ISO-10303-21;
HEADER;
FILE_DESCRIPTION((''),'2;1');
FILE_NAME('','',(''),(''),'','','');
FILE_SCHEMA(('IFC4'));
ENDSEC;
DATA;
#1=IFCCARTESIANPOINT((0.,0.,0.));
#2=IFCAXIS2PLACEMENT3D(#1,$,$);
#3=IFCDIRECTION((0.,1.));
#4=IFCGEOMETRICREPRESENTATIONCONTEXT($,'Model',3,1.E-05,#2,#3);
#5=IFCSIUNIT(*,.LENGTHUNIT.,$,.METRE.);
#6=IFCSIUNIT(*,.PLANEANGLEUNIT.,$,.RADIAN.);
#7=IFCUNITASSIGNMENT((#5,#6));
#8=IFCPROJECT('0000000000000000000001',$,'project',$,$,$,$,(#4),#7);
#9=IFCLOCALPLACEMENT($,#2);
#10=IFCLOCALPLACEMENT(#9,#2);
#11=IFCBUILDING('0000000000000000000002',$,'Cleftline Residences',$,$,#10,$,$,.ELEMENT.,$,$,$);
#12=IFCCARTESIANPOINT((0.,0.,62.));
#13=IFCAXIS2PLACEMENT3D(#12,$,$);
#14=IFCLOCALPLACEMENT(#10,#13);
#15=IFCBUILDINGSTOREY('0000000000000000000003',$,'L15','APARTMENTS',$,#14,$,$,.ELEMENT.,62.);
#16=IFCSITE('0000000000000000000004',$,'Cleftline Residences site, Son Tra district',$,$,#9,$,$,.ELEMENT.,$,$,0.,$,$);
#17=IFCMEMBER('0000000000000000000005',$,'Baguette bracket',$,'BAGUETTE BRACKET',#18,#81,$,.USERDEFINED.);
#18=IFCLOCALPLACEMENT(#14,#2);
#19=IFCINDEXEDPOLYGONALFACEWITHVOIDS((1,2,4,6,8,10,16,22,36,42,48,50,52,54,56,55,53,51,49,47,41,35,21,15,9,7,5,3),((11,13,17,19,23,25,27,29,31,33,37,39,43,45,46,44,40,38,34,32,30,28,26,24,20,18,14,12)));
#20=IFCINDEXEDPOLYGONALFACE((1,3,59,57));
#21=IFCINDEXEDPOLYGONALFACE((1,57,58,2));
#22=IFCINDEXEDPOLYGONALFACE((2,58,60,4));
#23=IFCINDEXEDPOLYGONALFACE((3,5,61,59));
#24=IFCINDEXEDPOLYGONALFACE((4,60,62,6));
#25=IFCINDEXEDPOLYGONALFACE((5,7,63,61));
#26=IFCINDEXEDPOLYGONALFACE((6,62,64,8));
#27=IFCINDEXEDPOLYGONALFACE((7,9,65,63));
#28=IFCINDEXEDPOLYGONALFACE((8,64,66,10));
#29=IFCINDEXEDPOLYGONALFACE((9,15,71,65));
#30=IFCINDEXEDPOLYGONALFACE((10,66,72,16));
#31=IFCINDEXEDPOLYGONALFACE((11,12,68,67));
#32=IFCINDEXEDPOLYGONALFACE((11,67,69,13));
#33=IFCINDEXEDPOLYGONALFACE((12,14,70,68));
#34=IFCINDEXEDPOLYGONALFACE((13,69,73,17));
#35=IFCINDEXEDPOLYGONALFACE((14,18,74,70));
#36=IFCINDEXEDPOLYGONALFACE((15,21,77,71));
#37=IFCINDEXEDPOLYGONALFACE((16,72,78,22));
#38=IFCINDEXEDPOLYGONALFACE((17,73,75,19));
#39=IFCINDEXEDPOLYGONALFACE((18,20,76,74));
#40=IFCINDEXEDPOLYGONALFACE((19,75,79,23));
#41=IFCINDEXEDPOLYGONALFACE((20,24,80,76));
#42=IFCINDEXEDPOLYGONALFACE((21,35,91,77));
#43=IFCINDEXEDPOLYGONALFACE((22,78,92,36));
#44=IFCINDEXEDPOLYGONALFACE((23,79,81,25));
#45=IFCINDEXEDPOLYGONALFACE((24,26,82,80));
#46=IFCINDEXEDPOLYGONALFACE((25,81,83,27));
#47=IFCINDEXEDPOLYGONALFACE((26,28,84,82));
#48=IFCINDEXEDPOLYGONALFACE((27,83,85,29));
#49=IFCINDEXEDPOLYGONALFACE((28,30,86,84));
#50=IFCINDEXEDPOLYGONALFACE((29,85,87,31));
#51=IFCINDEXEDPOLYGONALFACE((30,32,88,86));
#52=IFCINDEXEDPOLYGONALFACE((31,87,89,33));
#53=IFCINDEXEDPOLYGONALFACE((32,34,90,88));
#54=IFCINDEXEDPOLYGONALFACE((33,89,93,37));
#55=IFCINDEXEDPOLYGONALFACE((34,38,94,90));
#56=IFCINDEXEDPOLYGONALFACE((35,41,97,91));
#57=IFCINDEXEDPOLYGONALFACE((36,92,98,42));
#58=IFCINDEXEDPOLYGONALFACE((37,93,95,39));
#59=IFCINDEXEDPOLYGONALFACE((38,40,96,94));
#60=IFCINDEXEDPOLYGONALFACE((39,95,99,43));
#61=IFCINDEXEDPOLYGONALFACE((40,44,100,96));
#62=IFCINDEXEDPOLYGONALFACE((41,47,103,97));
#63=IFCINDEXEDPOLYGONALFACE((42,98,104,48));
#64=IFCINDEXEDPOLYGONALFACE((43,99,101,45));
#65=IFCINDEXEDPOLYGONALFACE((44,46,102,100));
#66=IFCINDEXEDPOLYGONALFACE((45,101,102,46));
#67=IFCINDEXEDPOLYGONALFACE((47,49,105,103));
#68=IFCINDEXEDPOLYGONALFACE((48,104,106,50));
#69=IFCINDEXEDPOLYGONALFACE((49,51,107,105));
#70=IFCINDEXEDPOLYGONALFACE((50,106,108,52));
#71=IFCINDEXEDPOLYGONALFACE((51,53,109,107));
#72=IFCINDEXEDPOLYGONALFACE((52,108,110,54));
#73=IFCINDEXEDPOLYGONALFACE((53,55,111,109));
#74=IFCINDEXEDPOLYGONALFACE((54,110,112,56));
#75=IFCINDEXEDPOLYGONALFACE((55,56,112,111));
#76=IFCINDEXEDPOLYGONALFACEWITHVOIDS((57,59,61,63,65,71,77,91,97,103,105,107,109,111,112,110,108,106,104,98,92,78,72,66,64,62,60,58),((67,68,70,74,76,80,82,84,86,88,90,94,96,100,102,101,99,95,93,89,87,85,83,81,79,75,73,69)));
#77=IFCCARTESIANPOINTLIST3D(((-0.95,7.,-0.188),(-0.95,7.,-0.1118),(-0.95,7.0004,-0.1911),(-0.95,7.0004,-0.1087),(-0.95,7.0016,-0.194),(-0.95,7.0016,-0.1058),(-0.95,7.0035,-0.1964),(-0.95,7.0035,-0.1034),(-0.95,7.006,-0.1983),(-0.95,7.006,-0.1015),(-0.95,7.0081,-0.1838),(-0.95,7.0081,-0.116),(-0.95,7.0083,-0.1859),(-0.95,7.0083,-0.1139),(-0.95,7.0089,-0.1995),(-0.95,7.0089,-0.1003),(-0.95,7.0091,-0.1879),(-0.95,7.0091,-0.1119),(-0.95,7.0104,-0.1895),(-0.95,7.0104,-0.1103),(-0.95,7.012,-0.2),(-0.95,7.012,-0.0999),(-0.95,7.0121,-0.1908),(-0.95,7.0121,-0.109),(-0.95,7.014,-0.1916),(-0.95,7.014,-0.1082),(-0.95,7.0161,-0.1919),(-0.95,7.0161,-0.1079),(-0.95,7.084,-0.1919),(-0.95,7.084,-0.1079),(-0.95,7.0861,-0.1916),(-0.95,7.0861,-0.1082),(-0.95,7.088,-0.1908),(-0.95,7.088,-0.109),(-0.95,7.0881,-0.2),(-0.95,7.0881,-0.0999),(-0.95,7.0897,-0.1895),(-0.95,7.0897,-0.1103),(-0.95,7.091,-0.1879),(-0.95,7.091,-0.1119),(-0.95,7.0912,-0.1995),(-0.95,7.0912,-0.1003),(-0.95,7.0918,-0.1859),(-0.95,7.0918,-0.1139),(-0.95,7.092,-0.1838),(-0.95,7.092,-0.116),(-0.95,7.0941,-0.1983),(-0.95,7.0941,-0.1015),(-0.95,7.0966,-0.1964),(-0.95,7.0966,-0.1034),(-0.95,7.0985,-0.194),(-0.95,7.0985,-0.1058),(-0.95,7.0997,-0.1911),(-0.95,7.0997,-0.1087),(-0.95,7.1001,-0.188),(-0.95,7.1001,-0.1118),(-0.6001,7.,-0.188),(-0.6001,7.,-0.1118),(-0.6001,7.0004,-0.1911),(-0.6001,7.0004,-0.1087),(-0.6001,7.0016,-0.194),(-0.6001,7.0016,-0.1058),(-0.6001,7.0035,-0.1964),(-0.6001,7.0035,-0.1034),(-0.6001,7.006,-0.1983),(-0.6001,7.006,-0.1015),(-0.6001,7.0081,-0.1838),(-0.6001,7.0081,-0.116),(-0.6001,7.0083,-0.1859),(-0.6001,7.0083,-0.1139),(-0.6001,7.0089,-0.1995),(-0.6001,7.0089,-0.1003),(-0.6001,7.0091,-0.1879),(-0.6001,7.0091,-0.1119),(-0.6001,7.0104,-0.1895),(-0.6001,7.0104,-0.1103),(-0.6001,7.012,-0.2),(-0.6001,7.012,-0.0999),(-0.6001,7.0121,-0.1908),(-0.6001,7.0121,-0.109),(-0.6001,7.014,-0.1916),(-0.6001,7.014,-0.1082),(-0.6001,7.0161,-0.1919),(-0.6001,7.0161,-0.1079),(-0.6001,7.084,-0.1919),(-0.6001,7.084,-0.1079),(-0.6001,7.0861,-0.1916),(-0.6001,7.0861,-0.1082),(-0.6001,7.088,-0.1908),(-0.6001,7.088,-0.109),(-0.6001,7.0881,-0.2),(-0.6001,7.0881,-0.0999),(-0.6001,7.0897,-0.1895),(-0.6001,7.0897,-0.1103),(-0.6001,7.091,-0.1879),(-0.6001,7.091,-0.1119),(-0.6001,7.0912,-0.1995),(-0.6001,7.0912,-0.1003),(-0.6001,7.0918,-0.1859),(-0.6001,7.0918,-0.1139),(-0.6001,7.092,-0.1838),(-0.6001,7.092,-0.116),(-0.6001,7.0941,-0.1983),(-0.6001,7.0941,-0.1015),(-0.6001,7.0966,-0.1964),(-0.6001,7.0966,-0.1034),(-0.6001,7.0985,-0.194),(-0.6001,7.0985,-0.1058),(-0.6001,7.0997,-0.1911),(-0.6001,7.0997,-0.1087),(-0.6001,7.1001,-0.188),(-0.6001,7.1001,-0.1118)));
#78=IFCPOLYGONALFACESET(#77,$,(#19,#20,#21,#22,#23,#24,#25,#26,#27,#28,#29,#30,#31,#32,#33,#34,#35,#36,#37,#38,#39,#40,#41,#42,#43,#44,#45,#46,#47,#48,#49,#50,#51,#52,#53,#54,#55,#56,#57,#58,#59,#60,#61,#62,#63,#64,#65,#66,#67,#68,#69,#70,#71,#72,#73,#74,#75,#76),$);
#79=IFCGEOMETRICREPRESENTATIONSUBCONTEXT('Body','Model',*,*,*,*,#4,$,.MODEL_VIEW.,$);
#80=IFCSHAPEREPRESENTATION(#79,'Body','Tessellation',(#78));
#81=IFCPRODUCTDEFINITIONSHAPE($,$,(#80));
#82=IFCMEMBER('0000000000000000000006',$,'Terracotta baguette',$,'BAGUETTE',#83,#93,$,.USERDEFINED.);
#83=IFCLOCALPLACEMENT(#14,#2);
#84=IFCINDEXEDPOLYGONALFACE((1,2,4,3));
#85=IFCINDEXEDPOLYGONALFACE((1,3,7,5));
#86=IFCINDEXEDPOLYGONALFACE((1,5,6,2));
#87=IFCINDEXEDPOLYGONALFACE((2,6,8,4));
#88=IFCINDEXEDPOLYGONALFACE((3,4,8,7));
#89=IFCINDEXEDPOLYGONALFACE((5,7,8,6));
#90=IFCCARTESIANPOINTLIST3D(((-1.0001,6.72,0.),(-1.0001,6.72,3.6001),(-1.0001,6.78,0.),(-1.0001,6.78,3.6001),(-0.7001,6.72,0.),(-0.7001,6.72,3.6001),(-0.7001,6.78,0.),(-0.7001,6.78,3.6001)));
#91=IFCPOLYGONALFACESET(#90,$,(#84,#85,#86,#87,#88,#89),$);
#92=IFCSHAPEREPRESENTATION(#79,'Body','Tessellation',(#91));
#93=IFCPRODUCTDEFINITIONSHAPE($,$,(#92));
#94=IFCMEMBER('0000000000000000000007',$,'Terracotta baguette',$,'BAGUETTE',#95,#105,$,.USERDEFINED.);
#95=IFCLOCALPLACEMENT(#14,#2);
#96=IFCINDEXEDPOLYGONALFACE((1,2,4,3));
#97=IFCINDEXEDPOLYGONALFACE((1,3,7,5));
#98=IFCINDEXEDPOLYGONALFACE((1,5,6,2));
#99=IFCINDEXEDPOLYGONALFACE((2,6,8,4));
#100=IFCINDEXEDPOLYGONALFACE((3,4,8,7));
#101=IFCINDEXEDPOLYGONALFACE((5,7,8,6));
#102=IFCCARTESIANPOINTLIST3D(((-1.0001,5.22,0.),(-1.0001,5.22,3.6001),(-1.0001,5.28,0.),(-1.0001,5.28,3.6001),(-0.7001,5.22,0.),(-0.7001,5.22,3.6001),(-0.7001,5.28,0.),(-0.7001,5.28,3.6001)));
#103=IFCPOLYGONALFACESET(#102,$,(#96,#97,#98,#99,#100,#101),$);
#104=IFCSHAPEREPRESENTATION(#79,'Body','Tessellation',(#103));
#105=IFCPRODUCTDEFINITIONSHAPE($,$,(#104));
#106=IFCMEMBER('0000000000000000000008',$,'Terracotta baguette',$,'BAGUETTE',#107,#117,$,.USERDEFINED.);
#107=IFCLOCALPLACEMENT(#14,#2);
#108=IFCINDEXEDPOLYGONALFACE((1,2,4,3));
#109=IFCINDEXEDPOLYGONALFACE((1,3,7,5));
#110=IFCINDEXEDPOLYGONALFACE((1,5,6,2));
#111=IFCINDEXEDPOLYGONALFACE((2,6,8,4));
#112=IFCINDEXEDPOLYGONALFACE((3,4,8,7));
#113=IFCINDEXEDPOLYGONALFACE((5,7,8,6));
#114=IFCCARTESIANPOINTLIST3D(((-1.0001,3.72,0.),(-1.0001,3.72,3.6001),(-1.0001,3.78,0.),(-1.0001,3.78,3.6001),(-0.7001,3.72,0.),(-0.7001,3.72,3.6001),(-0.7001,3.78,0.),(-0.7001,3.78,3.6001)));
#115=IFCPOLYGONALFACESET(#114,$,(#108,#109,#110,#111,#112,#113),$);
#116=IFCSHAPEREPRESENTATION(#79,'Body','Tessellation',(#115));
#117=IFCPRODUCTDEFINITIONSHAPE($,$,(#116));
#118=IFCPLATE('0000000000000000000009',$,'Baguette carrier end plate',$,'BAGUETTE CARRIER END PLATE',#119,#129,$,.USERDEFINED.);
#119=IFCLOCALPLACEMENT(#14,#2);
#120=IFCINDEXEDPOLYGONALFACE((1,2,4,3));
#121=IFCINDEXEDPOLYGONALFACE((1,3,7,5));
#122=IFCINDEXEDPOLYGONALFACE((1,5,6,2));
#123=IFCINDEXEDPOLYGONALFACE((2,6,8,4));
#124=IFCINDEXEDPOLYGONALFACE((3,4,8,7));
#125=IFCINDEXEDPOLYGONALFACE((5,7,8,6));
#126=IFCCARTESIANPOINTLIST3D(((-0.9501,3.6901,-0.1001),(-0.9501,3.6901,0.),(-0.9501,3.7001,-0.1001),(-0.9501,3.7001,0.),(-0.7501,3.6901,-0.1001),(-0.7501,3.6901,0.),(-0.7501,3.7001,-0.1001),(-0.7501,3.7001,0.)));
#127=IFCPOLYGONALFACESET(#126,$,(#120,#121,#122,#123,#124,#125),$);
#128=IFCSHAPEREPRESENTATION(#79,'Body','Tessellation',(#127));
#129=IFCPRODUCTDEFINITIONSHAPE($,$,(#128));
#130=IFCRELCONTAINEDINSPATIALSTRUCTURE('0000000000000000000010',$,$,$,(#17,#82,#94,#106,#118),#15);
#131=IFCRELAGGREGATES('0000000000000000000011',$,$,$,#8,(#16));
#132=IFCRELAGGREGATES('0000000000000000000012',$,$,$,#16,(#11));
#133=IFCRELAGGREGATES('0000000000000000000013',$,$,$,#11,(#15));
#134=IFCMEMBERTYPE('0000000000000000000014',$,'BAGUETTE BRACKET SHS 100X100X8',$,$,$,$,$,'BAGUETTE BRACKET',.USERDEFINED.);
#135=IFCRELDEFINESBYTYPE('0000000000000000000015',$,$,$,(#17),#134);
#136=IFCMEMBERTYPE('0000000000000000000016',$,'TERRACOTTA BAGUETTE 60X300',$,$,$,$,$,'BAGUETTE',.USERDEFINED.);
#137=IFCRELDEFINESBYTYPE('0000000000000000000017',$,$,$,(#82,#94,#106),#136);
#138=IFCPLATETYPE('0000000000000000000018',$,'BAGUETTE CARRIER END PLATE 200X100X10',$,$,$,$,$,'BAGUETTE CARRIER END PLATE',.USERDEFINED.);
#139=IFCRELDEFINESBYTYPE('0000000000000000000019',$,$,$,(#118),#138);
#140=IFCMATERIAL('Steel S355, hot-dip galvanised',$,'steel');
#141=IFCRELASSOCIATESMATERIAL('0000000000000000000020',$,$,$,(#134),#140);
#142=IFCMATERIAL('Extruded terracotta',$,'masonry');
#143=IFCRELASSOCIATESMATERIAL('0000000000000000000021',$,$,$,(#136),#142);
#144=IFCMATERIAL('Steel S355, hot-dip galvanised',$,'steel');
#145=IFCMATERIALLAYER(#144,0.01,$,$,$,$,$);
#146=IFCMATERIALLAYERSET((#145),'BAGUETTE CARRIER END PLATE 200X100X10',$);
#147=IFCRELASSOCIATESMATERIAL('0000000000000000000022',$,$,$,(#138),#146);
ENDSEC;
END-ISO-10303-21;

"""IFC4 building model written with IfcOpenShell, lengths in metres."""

from ifc_helpers import new_model, si_unit, direction, frame, origin, origin_2d, place, context, subcontext, project, spatial, rectangle, hollow_rectangle, extrude, material, layer, layer_set, material_profile, profile_set, type_object, element, save


model = new_model("IFC4")

# Units and contexts
model_context = context("Model", 3, precision=1e-05, world=origin(), true_north=direction((0.0, 1.0)))
body_context = subcontext(model_context, "Body", "Model", "MODEL_VIEW")
ifc_project = project(units=[si_unit("LENGTHUNIT", "METRE"), si_unit("PLANEANGLEUNIT", "RADIAN")], contexts=[model_context])

# Site, building, storey
site_placement = place(None, origin())
site = spatial("IfcSite", under=ifc_project, at=site_placement, Name="Cleftline Residences site, Son Tra district", CompositionType="ELEMENT", RefElevation=0.0)
building_placement = place(site_placement, origin())
building = spatial("IfcBuilding", under=site, at=building_placement, Name="Cleftline Residences", CompositionType="ELEMENT")
storey_placement = place(building_placement, frame((0.0, 0.0, 62.0)))
storey = spatial("IfcBuildingStorey", under=building, at=storey_placement, Name="L15", Description="APARTMENTS", CompositionType="ELEMENT", Elevation=62.0)

# Members
ifc_material_1 = material(Name="Steel S355, hot-dip galvanised", Category="steel")
ifc_material_profile_1 = material_profile(ifc_material_1, hollow_rectangle(XDim=0.1001, YDim=0.1001, WallThickness=0.0081, InnerFilletRadius=0.0081, OuterFilletRadius=0.012, at=origin_2d()))
ifc_profile_set_1 = profile_set([ifc_material_profile_1], Name="Steel S355, hot-dip galvanised")
member_type_1 = type_object("IfcMemberType", Name="BAGUETTE BRACKET SHS 100X100X8", ElementType="BAGUETTE BRACKET", PredefinedType="USERDEFINED", material=ifc_profile_set_1)
member_placement = place(storey_placement, frame((-0.6001, 7.05, -0.1499), z_axis=(-1.0, 0.0, 0.0), x_axis=(0.0, -1.0, 0.0)))
element("IfcMember", 1, at=member_placement, inside=storey, type_object=member_type_1, Name="Baguette bracket", ObjectType="BAGUETTE BRACKET", PredefinedType="USERDEFINED", context=body_context, shape_type="SweptSolid", body=[
    extrude(hollow_rectangle(XDim=0.1001, YDim=0.1001, WallThickness=0.0081, InnerFilletRadius=0.0081, OuterFilletRadius=0.012, at=origin_2d()), origin(), (0.0, 0.0, 1.0), 0.3499),
])
ifc_material_2 = material(Name="Extruded terracotta", Category="masonry")
ifc_material_profile_2 = material_profile(ifc_material_2, rectangle(XDim=0.0601, YDim=0.3, at=origin_2d()))
ifc_profile_set_2 = profile_set([ifc_material_profile_2], Name="Extruded terracotta")
member_type_2 = type_object("IfcMemberType", Name="TERRACOTTA BAGUETTE 60X300", ElementType="BAGUETTE", PredefinedType="USERDEFINED", material=ifc_profile_set_2)
for number, where, z_axis, x_axis, name in (
    (2, (-0.8501, 6.75, 0.0), (0.0, 0.0, 1.0), (0.0, 1.0, 0.0), "Terracotta baguette"),
    (3, (-0.8501, 5.25, 0.0), (0.0, 0.0, 1.0), (0.0, 1.0, 0.0), "Terracotta baguette"),
    (4, (-0.8501, 3.75, 0.0), (0.0, 0.0, 1.0), (0.0, 1.0, 0.0), "Terracotta baguette"),
):
    element("IfcMember", number, at=place(storey_placement, frame(where, z_axis=z_axis, x_axis=x_axis)), inside=storey, type_object=member_type_2, Name=name, ObjectType="BAGUETTE", PredefinedType="USERDEFINED", context=body_context, shape_type="SweptSolid", body=[
        extrude(rectangle(XDim=0.0601, YDim=0.3, at=origin_2d()), origin(), (0.0, 0.0, 1.0), 3.6001),
    ])

# Plate
ifc_material_3 = material(Name="Steel S355, hot-dip galvanised", Category="steel")
ifc_layer_1 = layer(ifc_material_3, 0.01)
ifc_layer_set_1 = layer_set([ifc_layer_1], Name="BAGUETTE CARRIER END PLATE 200X100X10")
plate_type = type_object("IfcPlateType", Name="BAGUETTE CARRIER END PLATE 200X100X10", ElementType="BAGUETTE CARRIER END PLATE", PredefinedType="USERDEFINED", material=ifc_layer_set_1)
plate_placement = place(storey_placement, frame((-0.8501, 3.6951, -0.1001), z_axis=(0.0, 0.0, 1.0), x_axis=(-1.0, 0.0, 0.0)))
element("IfcPlate", 5, at=plate_placement, inside=storey, type_object=plate_type, Name="Baguette carrier end plate", ObjectType="BAGUETTE CARRIER END PLATE", PredefinedType="USERDEFINED", context=body_context, shape_type="SweptSolid", body=[
    extrude(rectangle(XDim=0.2, YDim=0.01, at=origin_2d()), origin(), (0.0, 0.0, 1.0), 0.1001),
])

save(model, "model.ifc")
